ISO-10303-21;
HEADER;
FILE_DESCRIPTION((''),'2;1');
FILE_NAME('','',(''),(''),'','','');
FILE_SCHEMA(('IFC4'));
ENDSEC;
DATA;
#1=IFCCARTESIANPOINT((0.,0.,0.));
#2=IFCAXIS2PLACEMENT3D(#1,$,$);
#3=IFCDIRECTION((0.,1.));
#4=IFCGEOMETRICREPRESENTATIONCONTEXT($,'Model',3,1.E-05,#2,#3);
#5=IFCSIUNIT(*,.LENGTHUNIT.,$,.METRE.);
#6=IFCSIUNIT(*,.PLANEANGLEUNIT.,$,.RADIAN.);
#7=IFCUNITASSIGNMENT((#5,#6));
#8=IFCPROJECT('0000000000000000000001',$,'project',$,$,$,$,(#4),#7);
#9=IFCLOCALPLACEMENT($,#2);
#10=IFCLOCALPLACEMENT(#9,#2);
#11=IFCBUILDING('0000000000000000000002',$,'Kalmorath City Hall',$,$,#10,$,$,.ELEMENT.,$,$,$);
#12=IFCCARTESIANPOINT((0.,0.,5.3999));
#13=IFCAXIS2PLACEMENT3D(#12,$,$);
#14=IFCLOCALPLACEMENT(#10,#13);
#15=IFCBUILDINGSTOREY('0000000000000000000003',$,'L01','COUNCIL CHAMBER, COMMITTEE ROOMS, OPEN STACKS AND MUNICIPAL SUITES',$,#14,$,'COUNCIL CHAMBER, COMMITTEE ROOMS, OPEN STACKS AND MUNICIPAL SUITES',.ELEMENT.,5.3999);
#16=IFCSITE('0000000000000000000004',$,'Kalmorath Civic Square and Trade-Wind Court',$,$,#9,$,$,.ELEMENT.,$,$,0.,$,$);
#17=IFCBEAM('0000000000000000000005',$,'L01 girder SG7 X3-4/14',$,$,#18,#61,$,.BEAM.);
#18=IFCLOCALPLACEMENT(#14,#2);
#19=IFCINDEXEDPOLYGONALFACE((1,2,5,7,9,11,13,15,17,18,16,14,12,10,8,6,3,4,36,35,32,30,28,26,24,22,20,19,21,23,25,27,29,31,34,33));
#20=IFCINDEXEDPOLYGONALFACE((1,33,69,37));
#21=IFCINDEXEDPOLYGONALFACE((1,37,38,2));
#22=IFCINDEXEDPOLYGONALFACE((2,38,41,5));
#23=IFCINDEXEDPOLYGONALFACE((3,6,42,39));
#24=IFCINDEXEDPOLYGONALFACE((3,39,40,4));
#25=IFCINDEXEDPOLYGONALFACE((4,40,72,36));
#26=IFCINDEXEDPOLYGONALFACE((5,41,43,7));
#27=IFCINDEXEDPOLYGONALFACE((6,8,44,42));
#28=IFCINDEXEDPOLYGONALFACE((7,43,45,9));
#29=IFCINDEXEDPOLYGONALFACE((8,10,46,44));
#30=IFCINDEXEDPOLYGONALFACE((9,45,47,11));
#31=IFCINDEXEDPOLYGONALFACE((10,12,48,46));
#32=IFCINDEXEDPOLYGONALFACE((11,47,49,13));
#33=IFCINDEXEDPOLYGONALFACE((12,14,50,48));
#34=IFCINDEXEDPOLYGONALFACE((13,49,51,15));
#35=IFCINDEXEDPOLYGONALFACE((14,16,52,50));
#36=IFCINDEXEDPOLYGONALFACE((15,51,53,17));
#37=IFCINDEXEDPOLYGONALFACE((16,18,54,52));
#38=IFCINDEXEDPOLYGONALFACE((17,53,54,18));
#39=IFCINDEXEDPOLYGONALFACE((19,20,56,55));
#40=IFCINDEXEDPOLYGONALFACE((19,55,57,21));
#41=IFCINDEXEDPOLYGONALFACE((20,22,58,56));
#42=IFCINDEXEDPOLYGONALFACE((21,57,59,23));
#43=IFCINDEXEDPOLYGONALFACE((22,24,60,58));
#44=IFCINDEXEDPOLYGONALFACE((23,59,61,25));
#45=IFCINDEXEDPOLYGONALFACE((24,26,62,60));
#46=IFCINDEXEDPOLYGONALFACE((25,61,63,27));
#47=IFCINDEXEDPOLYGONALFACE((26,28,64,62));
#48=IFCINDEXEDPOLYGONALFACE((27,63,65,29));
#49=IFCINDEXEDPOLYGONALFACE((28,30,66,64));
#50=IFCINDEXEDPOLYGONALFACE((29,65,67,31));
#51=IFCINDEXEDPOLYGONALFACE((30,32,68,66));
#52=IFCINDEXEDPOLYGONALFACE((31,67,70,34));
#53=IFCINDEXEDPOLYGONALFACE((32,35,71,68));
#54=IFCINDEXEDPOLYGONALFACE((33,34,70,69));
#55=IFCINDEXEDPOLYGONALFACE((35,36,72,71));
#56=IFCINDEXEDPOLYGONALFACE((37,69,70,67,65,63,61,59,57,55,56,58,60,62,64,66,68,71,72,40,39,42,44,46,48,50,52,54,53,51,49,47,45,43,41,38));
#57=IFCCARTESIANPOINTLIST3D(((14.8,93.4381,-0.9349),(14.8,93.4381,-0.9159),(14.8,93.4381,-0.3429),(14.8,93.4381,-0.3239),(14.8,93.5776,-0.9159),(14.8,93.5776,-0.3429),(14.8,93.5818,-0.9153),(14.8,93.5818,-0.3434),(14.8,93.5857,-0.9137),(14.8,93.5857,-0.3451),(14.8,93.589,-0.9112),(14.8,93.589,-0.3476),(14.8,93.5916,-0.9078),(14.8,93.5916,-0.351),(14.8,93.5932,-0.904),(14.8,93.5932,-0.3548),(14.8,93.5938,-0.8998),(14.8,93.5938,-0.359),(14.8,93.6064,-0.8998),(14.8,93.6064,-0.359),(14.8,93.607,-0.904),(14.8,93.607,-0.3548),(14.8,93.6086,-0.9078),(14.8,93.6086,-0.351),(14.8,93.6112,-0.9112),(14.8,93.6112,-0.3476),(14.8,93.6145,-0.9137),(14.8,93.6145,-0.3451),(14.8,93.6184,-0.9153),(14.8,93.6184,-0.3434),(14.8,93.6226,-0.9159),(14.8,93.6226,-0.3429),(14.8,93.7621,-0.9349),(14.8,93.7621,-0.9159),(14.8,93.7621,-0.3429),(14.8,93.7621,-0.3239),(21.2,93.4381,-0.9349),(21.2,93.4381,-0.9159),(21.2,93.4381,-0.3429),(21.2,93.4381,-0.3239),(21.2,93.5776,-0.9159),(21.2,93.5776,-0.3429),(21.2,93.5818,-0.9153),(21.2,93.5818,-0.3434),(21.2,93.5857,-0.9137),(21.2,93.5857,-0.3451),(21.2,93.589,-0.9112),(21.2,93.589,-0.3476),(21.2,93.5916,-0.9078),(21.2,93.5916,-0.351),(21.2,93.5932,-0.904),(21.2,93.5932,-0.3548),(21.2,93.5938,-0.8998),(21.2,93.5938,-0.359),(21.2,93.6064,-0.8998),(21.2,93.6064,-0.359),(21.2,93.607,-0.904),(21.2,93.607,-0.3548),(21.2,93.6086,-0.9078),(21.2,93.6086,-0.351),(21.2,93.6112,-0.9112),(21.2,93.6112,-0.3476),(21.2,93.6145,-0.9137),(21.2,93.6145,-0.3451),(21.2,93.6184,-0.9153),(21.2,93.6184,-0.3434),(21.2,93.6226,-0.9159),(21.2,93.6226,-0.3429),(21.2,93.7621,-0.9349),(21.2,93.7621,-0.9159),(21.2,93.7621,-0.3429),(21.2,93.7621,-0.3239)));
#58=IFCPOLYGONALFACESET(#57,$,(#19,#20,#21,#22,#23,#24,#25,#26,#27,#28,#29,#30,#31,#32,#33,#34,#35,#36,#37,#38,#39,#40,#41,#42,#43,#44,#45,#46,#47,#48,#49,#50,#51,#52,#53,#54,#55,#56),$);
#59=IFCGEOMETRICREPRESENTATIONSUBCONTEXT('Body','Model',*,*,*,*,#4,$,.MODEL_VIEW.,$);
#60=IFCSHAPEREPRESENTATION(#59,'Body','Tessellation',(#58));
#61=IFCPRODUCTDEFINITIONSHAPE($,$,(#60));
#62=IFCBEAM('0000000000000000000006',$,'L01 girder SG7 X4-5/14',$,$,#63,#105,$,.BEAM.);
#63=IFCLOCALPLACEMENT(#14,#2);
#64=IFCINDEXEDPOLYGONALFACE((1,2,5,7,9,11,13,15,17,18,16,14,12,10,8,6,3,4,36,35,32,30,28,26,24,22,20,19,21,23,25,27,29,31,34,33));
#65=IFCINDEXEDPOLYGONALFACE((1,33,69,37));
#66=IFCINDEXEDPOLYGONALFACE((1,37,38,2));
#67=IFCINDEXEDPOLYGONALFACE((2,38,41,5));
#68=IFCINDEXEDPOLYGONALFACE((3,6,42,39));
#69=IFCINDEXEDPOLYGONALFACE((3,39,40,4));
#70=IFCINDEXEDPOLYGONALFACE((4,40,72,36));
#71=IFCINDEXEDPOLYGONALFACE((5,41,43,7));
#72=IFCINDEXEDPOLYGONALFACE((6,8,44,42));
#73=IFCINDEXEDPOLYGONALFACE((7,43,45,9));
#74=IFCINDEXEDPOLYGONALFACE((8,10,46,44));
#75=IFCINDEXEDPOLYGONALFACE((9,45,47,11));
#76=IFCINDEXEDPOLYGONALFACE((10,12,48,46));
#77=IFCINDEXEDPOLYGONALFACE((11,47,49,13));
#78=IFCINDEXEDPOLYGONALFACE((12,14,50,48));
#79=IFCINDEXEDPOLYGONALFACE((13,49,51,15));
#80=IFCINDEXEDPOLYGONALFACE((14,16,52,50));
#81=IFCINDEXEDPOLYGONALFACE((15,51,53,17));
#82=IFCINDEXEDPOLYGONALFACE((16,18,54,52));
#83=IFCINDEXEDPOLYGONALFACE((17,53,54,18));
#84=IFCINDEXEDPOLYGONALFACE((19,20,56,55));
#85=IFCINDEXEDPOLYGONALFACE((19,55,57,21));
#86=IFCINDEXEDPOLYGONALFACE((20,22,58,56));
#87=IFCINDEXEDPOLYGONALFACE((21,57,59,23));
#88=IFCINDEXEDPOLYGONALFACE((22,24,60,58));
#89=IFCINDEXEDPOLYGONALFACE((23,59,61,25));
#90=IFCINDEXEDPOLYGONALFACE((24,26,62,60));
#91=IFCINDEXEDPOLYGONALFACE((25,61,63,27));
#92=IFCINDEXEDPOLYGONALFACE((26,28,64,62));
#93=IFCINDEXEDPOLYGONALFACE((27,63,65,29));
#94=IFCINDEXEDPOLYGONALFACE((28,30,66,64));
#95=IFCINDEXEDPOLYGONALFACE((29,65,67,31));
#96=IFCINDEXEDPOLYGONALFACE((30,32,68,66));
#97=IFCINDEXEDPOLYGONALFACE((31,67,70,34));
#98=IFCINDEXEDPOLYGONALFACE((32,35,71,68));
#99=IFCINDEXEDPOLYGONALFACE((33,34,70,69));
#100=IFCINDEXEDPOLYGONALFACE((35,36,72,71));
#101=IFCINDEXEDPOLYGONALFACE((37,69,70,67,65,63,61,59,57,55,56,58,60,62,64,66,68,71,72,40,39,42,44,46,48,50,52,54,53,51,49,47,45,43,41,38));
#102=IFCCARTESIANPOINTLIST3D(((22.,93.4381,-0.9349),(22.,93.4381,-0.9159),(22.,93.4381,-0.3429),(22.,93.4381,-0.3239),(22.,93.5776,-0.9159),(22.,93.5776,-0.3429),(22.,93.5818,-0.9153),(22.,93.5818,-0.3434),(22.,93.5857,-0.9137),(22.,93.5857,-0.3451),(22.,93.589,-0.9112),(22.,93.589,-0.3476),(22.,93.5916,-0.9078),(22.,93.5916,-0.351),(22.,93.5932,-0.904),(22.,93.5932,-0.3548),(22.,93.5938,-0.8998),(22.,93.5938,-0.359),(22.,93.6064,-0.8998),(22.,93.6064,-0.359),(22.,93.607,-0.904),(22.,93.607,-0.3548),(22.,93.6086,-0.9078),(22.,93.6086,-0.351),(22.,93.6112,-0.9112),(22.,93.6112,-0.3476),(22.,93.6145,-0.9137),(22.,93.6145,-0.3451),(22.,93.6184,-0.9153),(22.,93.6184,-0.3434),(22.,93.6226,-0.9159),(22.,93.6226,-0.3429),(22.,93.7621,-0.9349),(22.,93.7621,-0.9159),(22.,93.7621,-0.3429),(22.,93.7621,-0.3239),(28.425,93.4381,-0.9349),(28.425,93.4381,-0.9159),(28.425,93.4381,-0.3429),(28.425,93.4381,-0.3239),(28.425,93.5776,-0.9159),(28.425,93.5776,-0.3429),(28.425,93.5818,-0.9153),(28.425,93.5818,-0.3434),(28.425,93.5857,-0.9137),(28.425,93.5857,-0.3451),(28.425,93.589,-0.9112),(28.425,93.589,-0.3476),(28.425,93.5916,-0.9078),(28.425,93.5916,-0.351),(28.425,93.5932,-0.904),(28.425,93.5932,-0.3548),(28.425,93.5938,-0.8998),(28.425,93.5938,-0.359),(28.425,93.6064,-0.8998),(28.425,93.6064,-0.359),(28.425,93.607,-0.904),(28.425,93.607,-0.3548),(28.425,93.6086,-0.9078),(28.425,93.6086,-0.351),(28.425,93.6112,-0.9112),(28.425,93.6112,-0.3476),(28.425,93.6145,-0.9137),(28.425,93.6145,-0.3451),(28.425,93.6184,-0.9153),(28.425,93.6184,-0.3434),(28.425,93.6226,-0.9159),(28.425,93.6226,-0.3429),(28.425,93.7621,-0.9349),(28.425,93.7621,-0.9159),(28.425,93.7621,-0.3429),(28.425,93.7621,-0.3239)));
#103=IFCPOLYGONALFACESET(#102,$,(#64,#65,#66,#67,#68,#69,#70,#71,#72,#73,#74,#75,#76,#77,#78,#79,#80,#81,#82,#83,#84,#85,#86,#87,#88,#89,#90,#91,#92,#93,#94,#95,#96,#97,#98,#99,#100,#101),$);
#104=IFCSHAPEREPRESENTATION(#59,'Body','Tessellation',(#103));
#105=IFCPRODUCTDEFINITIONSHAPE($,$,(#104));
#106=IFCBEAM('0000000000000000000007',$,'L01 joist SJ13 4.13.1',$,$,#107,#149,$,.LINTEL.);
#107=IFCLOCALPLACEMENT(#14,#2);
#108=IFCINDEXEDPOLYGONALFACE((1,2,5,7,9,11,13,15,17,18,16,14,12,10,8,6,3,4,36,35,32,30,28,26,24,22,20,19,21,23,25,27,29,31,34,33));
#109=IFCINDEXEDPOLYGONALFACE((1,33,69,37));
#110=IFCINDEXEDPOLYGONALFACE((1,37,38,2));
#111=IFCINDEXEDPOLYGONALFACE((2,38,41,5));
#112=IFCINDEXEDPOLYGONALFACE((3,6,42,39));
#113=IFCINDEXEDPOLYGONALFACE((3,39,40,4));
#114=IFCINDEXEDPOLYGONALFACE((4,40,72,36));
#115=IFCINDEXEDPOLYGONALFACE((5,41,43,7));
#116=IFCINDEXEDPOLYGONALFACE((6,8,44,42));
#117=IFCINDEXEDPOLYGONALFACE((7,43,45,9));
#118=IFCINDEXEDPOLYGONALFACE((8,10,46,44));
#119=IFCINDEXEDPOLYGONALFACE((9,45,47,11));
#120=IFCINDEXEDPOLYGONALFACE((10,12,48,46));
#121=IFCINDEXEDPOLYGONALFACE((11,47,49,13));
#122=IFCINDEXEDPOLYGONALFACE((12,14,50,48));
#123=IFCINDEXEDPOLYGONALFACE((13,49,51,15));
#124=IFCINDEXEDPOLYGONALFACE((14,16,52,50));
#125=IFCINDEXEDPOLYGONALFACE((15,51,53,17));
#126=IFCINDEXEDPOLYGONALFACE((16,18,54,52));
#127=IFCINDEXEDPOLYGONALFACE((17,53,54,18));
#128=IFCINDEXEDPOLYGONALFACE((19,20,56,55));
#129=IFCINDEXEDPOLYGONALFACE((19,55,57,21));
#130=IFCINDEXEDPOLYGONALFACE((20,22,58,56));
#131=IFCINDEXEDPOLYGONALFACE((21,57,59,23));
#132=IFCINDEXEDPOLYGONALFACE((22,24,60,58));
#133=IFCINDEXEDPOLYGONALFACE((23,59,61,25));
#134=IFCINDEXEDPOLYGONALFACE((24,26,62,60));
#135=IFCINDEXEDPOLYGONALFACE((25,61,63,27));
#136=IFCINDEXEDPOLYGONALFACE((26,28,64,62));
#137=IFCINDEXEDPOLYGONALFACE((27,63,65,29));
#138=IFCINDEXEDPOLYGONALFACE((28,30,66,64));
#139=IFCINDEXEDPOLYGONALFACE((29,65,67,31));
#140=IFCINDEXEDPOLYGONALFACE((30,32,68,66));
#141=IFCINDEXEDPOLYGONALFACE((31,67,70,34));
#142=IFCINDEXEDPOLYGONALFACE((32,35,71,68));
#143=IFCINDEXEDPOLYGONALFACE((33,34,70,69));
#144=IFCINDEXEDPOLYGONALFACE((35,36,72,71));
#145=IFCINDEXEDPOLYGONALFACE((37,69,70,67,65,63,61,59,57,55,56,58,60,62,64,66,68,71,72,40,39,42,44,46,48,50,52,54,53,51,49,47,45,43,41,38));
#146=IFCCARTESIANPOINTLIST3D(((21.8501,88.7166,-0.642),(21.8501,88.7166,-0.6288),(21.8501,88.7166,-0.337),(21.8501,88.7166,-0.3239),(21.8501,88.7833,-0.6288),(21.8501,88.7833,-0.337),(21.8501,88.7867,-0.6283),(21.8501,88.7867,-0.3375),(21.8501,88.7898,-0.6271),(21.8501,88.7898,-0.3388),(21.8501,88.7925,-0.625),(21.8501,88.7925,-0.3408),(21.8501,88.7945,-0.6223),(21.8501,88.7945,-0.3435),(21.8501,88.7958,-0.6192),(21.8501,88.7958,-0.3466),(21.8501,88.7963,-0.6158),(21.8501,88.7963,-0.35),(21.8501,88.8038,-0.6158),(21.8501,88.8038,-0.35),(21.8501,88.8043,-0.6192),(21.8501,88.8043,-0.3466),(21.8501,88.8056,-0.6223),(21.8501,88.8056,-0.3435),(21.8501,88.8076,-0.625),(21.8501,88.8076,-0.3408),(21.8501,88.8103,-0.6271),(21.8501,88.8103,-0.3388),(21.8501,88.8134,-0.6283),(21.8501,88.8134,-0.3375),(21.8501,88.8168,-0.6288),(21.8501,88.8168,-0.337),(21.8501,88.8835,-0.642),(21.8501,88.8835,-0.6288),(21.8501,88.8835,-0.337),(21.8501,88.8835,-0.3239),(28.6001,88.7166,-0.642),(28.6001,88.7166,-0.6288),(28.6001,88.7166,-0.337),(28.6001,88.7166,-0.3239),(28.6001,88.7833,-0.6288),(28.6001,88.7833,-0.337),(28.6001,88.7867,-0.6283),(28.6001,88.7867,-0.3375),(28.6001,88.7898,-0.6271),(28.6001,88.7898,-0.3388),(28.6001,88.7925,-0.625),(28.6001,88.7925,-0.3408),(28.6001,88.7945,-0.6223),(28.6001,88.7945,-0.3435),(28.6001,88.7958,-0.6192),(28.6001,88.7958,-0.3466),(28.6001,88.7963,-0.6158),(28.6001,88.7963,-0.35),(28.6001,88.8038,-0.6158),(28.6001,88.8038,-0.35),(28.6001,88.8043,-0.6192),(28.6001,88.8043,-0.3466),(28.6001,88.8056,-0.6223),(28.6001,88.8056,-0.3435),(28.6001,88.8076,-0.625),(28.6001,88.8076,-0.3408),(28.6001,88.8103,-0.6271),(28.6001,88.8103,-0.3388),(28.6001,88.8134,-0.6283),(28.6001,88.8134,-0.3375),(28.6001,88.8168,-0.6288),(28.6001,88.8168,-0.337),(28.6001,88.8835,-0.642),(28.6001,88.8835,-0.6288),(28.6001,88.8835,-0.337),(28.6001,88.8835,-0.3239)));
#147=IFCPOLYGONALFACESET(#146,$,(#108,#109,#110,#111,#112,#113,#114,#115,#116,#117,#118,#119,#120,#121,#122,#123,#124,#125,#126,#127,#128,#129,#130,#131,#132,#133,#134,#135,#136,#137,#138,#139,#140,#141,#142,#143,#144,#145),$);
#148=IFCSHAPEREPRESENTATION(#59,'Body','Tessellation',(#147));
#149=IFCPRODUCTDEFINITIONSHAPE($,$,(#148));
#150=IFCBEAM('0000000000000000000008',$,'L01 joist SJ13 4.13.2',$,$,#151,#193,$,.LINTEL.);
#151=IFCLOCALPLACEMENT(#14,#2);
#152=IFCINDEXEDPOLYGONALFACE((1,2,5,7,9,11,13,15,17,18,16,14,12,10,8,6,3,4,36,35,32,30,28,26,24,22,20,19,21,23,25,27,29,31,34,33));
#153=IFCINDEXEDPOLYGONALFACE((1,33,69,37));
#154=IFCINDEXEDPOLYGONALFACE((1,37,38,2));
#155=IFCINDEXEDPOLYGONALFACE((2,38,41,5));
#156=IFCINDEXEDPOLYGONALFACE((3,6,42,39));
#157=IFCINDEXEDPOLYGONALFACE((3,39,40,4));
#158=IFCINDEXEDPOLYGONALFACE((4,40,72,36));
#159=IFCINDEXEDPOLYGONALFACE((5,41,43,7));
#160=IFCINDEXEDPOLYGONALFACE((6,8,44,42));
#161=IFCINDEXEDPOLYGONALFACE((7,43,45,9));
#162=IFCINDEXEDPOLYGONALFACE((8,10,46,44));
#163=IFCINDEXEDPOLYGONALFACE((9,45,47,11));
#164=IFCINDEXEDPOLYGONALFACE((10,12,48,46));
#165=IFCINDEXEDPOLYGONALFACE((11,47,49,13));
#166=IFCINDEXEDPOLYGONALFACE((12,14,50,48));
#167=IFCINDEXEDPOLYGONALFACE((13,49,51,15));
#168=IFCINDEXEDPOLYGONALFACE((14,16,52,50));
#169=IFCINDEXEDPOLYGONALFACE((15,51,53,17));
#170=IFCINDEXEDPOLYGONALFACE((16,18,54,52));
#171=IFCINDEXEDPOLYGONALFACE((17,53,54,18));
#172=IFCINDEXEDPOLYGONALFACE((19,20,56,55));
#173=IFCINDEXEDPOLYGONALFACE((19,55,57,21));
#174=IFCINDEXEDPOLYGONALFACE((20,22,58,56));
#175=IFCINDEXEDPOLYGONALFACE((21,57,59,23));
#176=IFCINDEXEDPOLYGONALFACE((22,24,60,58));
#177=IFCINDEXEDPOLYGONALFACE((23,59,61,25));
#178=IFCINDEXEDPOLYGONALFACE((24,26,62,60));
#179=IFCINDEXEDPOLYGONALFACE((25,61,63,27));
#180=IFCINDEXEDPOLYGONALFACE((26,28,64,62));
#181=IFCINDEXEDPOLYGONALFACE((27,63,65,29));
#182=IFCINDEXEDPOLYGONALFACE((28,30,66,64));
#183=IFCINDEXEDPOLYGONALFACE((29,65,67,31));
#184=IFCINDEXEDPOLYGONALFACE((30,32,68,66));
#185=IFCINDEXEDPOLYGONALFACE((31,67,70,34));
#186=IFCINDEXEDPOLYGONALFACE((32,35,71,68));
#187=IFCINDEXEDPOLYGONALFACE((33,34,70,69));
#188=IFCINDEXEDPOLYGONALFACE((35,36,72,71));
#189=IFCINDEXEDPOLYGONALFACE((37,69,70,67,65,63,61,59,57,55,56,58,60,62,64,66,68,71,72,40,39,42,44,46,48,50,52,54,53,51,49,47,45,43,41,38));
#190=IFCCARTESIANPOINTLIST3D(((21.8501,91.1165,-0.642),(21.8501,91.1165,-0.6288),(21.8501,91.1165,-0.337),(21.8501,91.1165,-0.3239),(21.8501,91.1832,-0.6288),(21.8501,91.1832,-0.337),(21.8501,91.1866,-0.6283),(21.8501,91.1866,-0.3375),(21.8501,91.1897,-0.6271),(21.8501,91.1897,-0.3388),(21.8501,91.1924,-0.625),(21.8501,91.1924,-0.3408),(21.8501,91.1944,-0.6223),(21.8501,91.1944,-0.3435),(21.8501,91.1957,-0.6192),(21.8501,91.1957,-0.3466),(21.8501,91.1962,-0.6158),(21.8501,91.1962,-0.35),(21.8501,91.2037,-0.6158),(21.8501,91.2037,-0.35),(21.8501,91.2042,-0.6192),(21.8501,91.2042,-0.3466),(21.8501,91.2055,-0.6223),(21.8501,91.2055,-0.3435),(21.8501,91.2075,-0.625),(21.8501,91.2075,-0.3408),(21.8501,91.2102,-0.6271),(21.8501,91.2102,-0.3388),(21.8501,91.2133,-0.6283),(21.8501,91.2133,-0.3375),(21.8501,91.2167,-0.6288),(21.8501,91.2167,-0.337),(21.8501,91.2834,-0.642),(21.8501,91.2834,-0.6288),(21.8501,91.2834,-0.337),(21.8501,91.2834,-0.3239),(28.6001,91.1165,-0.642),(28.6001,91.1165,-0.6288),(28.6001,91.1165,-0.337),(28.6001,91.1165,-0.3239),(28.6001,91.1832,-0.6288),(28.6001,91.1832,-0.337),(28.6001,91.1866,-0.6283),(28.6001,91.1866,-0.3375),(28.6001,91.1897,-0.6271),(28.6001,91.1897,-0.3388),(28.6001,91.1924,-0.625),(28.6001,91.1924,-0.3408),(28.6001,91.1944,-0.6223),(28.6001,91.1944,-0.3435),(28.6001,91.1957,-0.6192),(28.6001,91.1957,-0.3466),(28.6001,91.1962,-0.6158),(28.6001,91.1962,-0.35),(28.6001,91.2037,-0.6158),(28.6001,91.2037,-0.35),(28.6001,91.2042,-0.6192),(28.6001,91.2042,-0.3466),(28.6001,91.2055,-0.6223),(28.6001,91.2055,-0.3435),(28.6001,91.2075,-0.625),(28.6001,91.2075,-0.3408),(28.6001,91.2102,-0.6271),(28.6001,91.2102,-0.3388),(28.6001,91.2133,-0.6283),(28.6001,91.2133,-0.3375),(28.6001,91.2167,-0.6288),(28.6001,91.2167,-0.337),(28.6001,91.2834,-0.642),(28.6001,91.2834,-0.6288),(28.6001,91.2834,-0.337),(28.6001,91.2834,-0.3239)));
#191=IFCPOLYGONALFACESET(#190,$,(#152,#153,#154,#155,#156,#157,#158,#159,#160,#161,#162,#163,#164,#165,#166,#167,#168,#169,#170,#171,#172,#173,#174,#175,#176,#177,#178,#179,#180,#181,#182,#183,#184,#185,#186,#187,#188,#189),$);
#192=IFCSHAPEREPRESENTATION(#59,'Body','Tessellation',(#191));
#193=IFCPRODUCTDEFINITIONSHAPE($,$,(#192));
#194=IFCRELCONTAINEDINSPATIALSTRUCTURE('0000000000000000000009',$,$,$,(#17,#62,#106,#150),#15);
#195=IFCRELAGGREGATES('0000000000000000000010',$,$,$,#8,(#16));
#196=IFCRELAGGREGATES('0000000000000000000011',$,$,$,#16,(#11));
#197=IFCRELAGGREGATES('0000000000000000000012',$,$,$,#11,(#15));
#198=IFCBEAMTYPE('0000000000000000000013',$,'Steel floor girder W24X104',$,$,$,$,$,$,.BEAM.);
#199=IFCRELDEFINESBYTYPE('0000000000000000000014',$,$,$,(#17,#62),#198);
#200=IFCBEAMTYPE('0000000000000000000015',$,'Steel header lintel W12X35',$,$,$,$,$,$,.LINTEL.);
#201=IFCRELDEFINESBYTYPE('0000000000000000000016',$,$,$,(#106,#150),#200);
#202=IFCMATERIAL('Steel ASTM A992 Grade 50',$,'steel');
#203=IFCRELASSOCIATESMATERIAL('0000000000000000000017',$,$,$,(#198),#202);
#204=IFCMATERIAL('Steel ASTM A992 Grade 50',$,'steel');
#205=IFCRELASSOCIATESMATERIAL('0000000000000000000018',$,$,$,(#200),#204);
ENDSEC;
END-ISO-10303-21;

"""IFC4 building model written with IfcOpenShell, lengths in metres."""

from ifc_helpers import new_model, si_unit, direction, frame, origin, origin_2d, place, context, subcontext, project, spatial, i_section, extrude, material, material_profile, profile_set, type_object, element, save


model = new_model("IFC4")

# Units and contexts
model_context = context("Model", 3, precision=1e-05, world=origin(), true_north=direction((0.0, 1.0)))
body_context = subcontext(model_context, "Body", "Model", "MODEL_VIEW")
ifc_project = project(units=[si_unit("LENGTHUNIT", "METRE"), si_unit("PLANEANGLEUNIT", "RADIAN")], contexts=[model_context])

# Site, building, storey
site_placement = place(None, origin())
site = spatial("IfcSite", under=ifc_project, at=site_placement, Name="Kalmorath Civic Square and Trade-Wind Court", CompositionType="ELEMENT", RefElevation=0.0)
building_placement = place(site_placement, origin())
building = spatial("IfcBuilding", under=site, at=building_placement, Name="Kalmorath City Hall", CompositionType="ELEMENT")
storey_placement = place(building_placement, frame((0.0, 0.0, 5.3999)))
storey = spatial("IfcBuildingStorey", under=building, at=storey_placement, Name="L01", Description="COUNCIL CHAMBER, COMMITTEE ROOMS, OPEN STACKS AND MUNICIPAL SUITES", LongName="COUNCIL CHAMBER, COMMITTEE ROOMS, OPEN STACKS AND MUNICIPAL SUITES", CompositionType="ELEMENT", Elevation=5.3999)

# Beams
ifc_material_1 = material(Name="Steel ASTM A992 Grade 50", Category="steel")
ifc_material_profile_1 = material_profile(ifc_material_1, i_section(OverallWidth=0.324, OverallDepth=0.6111, WebThickness=0.0127, FlangeThickness=0.019, FilletRadius=0.0161, at=origin_2d()), Name="W24X104")
ifc_profile_set_1 = profile_set([ifc_material_profile_1], Name="Steel ASTM A992 Grade 50")
beam_type_1 = type_object("IfcBeamType", Name="Steel floor girder W24X104", PredefinedType="BEAM", material=ifc_profile_set_1)
beam_1_placement = place(storey_placement, frame((14.8, 93.6001, -0.6294), z_axis=(1.0, 0.0, 0.0), x_axis=(0.0, 1.0, 0.0)))
element("IfcBeam", 1, at=beam_1_placement, inside=storey, type_object=beam_type_1, Name="L01 girder SG7 X3-4/14", PredefinedType="BEAM", context=body_context, shape_type="SweptSolid", body=[
    extrude(i_section(OverallWidth=0.324, OverallDepth=0.6111, WebThickness=0.0127, FlangeThickness=0.019, FilletRadius=0.0161, at=origin_2d()), origin(), (0.0, 0.0, 1.0), 6.3999),
])
beam_2_placement = place(storey_placement, frame((22.0, 93.6001, -0.6294), z_axis=(1.0, 0.0, 0.0), x_axis=(0.0, 1.0, 0.0)))
element("IfcBeam", 2, at=beam_2_placement, inside=storey, type_object=beam_type_1, Name="L01 girder SG7 X4-5/14", PredefinedType="BEAM", context=body_context, shape_type="SweptSolid", body=[
    extrude(i_section(OverallWidth=0.324, OverallDepth=0.6111, WebThickness=0.0127, FlangeThickness=0.019, FilletRadius=0.0161, at=origin_2d()), origin(), (0.0, 0.0, 1.0), 6.425),
])
ifc_material_2 = material(Name="Steel ASTM A992 Grade 50", Category="steel")
ifc_material_profile_2 = material_profile(ifc_material_2, i_section(OverallWidth=0.167, OverallDepth=0.3181, WebThickness=0.0076, FlangeThickness=0.0132, FilletRadius=0.0129, at=origin_2d()), Name="W12X35")
ifc_profile_set_2 = profile_set([ifc_material_profile_2], Name="Steel ASTM A992 Grade 50")
beam_type_2 = type_object("IfcBeamType", Name="Steel header lintel W12X35", PredefinedType="LINTEL", material=ifc_profile_set_2)
for number, where, z_axis, x_axis, name in (
    (3, (21.8501, 88.8, -0.4829), (1.0, 0.0, 0.0), (0.0, 1.0, 0.0), "L01 joist SJ13 4.13.1"),
    (4, (21.8501, 91.2, -0.4829), (1.0, 0.0, 0.0), (0.0, 1.0, 0.0), "L01 joist SJ13 4.13.2"),
):
    element("IfcBeam", number, at=place(storey_placement, frame(where, z_axis=z_axis, x_axis=x_axis)), inside=storey, type_object=beam_type_2, Name=name, PredefinedType="LINTEL", context=body_context, shape_type="SweptSolid", body=[
        extrude(i_section(OverallWidth=0.167, OverallDepth=0.3181, WebThickness=0.0076, FlangeThickness=0.0132, FilletRadius=0.0129, at=origin_2d()), origin(), (0.0, 0.0, 1.0), 6.75),
    ])

save(model, "model.ifc")
